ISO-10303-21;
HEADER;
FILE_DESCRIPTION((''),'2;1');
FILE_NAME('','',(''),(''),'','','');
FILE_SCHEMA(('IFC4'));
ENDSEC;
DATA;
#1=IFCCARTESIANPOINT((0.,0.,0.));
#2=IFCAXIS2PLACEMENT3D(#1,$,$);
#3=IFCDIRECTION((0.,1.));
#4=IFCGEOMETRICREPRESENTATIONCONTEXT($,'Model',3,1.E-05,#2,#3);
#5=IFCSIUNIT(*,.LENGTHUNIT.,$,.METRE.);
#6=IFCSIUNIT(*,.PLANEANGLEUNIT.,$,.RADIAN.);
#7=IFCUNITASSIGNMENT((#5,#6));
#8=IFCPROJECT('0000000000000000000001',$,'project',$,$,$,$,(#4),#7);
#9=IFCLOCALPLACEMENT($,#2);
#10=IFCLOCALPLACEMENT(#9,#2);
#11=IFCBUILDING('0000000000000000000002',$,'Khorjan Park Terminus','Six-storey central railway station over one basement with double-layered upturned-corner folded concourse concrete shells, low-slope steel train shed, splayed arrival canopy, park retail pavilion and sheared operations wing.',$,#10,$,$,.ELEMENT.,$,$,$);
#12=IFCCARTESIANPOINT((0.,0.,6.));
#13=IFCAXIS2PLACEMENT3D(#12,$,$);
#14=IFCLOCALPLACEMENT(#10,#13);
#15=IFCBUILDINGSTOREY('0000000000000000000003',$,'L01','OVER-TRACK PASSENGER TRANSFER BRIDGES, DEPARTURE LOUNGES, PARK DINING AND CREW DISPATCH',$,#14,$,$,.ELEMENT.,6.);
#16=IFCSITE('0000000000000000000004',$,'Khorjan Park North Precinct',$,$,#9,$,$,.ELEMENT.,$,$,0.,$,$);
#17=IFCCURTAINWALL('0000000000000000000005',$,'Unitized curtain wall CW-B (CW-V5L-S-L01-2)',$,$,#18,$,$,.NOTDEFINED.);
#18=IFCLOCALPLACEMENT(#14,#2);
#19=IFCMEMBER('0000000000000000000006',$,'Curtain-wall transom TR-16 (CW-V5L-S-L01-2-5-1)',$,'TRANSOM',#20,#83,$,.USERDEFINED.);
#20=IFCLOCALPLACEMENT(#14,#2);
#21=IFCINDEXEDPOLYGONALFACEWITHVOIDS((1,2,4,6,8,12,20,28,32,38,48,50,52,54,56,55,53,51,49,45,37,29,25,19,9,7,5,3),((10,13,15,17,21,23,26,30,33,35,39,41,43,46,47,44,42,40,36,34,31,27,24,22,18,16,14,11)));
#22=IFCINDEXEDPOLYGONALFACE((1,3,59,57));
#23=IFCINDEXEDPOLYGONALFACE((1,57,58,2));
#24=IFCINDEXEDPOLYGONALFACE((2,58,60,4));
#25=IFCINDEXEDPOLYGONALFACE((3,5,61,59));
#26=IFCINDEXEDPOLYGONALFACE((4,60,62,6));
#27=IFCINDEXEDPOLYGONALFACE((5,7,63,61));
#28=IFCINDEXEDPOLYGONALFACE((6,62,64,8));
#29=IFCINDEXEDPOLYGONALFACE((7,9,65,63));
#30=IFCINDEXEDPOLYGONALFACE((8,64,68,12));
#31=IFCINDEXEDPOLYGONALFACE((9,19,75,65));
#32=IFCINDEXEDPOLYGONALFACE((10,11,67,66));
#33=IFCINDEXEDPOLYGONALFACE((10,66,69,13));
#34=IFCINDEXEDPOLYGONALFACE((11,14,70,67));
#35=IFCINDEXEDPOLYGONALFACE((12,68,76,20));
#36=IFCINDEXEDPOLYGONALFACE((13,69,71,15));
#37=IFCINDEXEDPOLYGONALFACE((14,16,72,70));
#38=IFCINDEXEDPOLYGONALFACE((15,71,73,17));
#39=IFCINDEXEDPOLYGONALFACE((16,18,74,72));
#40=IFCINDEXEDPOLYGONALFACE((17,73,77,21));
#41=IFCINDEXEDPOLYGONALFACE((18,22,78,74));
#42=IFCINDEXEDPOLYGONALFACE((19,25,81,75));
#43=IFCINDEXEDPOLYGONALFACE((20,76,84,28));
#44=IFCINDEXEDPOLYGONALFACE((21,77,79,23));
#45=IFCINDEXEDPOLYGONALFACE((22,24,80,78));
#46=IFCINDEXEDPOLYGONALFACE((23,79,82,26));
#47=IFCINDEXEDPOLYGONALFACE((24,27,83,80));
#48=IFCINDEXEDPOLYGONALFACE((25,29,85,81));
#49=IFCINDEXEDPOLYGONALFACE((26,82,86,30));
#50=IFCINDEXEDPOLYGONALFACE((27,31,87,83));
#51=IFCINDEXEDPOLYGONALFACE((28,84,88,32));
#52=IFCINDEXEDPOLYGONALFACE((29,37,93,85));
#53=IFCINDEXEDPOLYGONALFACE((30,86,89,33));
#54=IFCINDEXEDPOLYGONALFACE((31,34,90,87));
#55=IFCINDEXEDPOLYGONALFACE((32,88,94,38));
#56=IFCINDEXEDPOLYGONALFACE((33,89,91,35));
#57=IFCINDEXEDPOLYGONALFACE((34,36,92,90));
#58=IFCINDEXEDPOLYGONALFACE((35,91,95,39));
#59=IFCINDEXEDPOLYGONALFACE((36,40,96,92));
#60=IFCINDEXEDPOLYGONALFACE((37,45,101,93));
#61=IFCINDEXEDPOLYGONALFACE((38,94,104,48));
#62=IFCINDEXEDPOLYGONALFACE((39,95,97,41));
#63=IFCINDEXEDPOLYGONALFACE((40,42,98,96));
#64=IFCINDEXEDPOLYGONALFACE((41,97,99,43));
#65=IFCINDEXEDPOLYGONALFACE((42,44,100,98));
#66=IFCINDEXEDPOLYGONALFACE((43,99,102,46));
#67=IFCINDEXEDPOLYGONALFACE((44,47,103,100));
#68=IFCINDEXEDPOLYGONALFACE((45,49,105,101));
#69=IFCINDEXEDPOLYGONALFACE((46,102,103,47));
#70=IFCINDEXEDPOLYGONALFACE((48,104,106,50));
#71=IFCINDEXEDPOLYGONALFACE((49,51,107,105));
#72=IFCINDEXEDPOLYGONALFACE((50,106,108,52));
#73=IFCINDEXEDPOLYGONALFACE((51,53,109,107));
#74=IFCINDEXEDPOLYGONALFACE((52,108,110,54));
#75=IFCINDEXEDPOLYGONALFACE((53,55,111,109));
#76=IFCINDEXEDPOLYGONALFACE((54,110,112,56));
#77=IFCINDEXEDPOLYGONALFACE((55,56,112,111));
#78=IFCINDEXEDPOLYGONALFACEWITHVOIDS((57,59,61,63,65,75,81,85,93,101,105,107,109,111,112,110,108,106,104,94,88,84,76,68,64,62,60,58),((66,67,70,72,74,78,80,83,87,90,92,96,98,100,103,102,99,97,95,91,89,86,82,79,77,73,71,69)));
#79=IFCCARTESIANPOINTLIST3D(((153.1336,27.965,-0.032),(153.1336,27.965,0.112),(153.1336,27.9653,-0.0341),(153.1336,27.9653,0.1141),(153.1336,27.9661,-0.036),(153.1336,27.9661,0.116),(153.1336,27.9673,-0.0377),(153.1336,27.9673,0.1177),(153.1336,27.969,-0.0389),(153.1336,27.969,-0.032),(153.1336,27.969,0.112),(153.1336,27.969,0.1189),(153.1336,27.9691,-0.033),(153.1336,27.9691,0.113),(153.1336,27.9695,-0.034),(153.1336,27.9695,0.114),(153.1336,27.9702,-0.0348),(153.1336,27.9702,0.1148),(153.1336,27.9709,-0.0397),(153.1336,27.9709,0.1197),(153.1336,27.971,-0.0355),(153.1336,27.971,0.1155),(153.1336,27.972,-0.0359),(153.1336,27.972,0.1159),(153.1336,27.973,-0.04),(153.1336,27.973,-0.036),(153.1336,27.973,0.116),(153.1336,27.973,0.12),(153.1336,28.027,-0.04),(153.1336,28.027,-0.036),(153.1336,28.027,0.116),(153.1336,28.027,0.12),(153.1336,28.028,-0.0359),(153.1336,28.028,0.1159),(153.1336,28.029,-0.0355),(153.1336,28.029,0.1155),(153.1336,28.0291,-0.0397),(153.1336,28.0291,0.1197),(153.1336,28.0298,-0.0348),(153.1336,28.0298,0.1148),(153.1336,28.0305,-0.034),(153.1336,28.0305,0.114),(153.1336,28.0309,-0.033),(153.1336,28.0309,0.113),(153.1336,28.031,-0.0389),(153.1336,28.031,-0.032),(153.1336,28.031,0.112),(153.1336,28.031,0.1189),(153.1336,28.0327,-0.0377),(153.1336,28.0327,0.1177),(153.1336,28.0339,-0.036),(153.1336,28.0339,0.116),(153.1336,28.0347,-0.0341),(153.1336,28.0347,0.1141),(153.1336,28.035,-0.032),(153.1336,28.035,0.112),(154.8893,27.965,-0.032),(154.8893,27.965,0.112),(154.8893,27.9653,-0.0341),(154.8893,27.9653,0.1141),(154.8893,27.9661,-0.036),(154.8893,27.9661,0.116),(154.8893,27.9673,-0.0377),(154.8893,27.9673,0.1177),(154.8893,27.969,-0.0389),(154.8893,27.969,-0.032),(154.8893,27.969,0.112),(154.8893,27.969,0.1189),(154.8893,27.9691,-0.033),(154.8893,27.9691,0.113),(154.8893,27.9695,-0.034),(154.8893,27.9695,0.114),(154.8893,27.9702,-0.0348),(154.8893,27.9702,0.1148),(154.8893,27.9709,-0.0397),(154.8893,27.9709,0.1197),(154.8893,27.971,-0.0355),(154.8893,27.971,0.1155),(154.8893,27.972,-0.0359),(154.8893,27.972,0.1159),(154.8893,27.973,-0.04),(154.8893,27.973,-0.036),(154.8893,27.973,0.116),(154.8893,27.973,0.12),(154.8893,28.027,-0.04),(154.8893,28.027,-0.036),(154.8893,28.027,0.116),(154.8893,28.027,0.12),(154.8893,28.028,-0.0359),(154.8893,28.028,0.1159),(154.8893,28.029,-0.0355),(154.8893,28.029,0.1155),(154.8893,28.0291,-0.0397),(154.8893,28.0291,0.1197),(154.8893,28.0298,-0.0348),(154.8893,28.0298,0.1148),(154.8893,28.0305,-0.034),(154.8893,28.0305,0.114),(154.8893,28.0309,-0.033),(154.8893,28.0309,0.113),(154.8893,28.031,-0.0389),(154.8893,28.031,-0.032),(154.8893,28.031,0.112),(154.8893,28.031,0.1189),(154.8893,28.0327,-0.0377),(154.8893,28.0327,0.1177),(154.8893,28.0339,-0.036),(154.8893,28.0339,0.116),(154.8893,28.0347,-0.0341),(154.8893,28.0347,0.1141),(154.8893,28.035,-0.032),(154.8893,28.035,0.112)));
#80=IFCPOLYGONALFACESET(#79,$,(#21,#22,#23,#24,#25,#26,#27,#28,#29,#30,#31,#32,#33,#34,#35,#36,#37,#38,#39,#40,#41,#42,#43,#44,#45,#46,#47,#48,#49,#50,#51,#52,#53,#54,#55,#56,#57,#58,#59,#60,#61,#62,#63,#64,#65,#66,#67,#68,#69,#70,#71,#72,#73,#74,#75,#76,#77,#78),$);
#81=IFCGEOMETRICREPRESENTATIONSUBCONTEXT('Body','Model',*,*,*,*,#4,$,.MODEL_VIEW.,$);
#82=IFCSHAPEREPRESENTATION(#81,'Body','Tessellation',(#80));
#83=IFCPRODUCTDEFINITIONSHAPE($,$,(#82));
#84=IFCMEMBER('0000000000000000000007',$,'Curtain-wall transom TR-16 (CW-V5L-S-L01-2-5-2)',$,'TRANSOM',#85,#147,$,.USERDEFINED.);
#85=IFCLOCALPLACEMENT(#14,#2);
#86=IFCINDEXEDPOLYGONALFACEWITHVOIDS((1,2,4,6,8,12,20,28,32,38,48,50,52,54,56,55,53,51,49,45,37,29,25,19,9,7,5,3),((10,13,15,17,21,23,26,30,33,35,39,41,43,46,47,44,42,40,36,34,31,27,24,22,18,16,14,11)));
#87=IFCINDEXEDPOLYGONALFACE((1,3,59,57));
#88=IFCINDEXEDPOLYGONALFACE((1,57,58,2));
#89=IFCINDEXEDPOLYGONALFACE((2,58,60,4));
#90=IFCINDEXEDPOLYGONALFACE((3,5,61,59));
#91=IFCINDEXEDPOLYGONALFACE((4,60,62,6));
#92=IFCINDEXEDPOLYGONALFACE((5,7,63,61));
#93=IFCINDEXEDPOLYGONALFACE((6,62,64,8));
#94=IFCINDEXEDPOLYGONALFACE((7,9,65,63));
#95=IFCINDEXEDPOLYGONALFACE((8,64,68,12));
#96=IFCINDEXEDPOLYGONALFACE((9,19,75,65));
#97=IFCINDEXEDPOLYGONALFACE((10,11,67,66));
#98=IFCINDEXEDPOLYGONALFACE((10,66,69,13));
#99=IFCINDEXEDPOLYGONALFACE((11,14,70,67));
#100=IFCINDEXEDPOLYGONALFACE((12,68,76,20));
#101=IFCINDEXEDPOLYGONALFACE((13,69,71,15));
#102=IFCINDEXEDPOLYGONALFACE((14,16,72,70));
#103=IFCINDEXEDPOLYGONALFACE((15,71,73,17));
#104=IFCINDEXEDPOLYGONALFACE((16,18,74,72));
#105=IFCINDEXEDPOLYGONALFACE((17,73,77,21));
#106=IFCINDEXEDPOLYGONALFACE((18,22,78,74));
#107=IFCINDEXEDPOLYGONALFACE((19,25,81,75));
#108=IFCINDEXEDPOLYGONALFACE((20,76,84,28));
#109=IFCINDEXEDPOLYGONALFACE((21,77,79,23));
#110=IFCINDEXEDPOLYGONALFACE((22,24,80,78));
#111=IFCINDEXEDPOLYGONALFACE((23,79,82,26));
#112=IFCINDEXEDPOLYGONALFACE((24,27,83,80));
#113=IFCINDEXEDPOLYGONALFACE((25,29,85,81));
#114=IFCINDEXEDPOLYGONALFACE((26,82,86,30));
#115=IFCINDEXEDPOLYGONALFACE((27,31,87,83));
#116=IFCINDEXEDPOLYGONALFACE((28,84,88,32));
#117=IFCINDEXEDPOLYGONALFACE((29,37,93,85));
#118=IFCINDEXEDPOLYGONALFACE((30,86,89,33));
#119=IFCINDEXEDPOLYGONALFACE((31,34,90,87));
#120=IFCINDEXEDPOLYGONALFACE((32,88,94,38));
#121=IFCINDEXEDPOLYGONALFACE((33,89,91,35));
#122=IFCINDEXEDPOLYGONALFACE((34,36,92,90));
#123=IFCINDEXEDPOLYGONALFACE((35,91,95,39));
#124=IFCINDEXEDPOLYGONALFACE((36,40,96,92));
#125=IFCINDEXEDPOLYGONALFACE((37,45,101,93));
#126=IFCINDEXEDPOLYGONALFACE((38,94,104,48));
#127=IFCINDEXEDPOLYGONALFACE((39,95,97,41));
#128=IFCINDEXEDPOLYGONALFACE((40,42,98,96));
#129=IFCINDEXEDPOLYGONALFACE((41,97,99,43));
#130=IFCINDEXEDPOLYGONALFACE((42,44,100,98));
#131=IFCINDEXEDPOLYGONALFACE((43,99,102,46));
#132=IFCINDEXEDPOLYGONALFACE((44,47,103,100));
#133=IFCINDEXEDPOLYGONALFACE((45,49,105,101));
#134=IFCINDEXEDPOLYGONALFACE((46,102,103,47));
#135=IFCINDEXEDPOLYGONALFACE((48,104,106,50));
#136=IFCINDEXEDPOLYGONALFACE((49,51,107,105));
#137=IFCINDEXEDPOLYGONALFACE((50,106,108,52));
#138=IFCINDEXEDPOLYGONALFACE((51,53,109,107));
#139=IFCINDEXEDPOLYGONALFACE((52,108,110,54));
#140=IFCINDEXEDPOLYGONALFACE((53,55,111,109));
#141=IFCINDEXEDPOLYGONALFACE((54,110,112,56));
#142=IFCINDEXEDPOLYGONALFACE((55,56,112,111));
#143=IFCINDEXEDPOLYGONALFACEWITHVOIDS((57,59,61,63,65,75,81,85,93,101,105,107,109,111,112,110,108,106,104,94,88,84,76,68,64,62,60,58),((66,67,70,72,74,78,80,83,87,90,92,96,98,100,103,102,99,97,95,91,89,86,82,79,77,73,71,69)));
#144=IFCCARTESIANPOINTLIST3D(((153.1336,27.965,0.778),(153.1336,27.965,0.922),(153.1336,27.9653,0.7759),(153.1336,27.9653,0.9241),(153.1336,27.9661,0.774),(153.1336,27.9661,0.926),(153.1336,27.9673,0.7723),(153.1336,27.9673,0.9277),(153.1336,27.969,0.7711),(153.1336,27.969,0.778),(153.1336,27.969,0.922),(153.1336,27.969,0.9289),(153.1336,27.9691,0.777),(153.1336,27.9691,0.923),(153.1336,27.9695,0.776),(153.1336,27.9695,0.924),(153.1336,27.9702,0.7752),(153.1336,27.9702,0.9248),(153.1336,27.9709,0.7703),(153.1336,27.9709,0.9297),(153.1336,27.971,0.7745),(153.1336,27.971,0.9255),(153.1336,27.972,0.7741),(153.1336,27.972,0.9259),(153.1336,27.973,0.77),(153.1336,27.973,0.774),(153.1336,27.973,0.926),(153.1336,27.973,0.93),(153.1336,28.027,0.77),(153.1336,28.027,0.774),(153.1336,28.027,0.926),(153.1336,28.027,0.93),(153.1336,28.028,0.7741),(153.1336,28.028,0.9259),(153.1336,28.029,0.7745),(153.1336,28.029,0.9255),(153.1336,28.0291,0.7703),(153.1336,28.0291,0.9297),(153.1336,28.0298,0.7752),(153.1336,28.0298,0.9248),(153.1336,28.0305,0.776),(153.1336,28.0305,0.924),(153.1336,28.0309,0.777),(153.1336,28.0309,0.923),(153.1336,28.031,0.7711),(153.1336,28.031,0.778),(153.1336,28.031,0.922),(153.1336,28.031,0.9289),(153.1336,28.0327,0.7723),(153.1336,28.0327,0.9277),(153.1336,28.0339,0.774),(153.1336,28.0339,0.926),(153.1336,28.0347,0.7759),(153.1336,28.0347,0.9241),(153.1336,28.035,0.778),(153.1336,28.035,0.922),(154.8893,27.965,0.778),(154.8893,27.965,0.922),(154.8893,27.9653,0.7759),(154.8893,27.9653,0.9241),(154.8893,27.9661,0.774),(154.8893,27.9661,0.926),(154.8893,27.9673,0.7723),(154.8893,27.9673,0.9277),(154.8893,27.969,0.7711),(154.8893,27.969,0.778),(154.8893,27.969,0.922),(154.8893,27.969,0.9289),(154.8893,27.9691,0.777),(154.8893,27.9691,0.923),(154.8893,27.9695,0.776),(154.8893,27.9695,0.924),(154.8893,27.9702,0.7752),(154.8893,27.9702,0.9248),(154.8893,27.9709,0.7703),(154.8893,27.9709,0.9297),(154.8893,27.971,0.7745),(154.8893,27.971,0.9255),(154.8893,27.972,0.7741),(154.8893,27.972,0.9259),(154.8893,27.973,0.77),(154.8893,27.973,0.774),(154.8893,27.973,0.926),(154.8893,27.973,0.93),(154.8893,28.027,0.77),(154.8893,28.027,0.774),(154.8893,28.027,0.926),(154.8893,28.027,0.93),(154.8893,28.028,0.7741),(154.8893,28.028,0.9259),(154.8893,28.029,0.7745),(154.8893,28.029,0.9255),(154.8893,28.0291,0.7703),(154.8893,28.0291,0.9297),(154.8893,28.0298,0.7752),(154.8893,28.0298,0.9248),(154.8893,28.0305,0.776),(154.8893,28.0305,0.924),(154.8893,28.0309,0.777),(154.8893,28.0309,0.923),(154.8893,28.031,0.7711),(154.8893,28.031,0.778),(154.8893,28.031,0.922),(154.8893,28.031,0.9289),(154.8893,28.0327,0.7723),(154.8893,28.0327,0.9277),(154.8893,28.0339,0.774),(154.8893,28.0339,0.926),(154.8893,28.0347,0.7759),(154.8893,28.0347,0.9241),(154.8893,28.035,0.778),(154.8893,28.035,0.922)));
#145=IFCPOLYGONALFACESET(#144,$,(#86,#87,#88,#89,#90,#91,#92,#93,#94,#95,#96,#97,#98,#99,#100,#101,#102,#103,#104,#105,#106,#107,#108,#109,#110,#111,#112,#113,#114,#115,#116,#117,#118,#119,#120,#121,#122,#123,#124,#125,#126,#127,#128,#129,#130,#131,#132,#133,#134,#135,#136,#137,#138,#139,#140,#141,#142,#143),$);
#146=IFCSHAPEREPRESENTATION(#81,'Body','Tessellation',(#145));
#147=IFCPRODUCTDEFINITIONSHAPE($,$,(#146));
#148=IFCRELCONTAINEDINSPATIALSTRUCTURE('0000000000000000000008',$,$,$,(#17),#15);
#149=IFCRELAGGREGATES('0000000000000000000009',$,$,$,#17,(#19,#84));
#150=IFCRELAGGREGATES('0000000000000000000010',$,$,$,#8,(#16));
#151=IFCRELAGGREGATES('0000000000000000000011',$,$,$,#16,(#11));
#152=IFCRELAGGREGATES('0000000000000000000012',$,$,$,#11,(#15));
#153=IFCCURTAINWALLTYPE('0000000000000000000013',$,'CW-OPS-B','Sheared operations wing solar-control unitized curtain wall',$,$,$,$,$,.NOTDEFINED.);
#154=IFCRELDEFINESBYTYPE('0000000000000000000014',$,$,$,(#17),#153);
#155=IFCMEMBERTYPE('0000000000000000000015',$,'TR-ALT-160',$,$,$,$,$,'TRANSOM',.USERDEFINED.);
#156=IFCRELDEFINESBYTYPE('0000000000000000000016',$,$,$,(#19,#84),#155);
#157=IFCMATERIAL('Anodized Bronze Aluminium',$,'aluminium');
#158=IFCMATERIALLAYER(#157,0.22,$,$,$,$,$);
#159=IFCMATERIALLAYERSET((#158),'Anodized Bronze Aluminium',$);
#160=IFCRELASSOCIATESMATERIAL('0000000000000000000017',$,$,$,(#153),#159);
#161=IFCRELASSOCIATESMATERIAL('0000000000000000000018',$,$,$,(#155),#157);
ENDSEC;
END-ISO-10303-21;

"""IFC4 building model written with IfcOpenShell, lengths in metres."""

from ifc_helpers import new_model, si_unit, direction, frame, origin, origin_2d, place, context, subcontext, project, spatial, hollow_rectangle, extrude, material, layer, layer_set, material_profile, profile_set, type_object, element, aggregate, save


model = new_model("IFC4")

# Units and contexts
model_context = context("Model", 3, precision=1e-05, world=origin(), true_north=direction((0.0, 1.0)))
body_context = subcontext(model_context, "Body", "Model", "MODEL_VIEW")
ifc_project = project(units=[si_unit("LENGTHUNIT", "METRE"), si_unit("PLANEANGLEUNIT", "RADIAN")], contexts=[model_context])

# Site, building, storey
site_placement = place(None, origin())
site = spatial("IfcSite", under=ifc_project, at=site_placement, Name="Khorjan Park North Precinct", CompositionType="ELEMENT", RefElevation=0.0)
building_placement = place(site_placement, origin())
building = spatial("IfcBuilding", under=site, at=building_placement, Name="Khorjan Park Terminus", Description="Six-storey central railway station over one basement with double-layered upturned-corner folded concourse concrete shells, low-slope steel train shed, splayed arrival canopy, park retail pavilion and sheared operations wing.", CompositionType="ELEMENT")
storey_placement = place(building_placement, frame((0.0, 0.0, 6.0)))
storey = spatial("IfcBuildingStorey", under=building, at=storey_placement, Name="L01", Description="OVER-TRACK PASSENGER TRANSFER BRIDGES, DEPARTURE LOUNGES, PARK DINING AND CREW DISPATCH", CompositionType="ELEMENT", Elevation=6.0)

# Curtain wall, members
ifc_material_1 = material(Name="Anodized Bronze Aluminium", Category="aluminium")
ifc_layer_1 = layer(ifc_material_1, 0.22)
ifc_layer_set_1 = layer_set([ifc_layer_1], Name="Anodized Bronze Aluminium")
curtain_wall_type = type_object("IfcCurtainWallType", Name="CW-OPS-B", Description="Sheared operations wing solar-control unitized curtain wall", PredefinedType="NOTDEFINED", material=ifc_layer_set_1)
curtain_wall_placement = place(storey_placement, origin())
curtain_wall = element("IfcCurtainWall", 1, at=curtain_wall_placement, inside=storey, type_object=curtain_wall_type, Name="Unitized curtain wall CW-B (CW-V5L-S-L01-2)", PredefinedType="NOTDEFINED")
ifc_material_profile_1 = material_profile(ifc_material_1, hollow_rectangle(XDim=0.07, YDim=0.16, WallThickness=0.004, InnerFilletRadius=0.004, OuterFilletRadius=0.008, at=origin_2d()), Name="ALT 70x160x4")
ifc_profile_set_1 = profile_set([ifc_material_profile_1], Name="Anodized Bronze Aluminium")
member_type_1 = type_object("IfcMemberType", Name="TR-ALT-160", ElementType="TRANSOM", PredefinedType="USERDEFINED", material=ifc_profile_set_1)
member_1_placement = place(storey_placement, frame((153.1336, 28.0, 0.04), z_axis=(1.0, 0.0, 0.0), x_axis=(0.0, 1.0, 0.0)))
member_1 = element("IfcMember", 2, at=member_1_placement, type_object=member_type_1, Name="Curtain-wall transom TR-16 (CW-V5L-S-L01-2-5-1)", ObjectType="TRANSOM", PredefinedType="USERDEFINED", context=body_context, shape_type="SweptSolid", body=[
    extrude(hollow_rectangle(XDim=0.07, YDim=0.16, WallThickness=0.004, InnerFilletRadius=0.004, OuterFilletRadius=0.008, at=origin_2d()), origin(), (0.0, 0.0, 1.0), 1.7557),
])
member_2_placement = place(storey_placement, frame((153.1336, 28.0, 0.85), z_axis=(1.0, 0.0, 0.0), x_axis=(0.0, 1.0, 0.0)))
member_2 = element("IfcMember", 3, at=member_2_placement, type_object=member_type_1, Name="Curtain-wall transom TR-16 (CW-V5L-S-L01-2-5-2)", ObjectType="TRANSOM", PredefinedType="USERDEFINED", context=body_context, shape_type="SweptSolid", body=[
    extrude(hollow_rectangle(XDim=0.07, YDim=0.16, WallThickness=0.004, InnerFilletRadius=0.004, OuterFilletRadius=0.008, at=origin_2d()), origin(), (0.0, 0.0, 1.0), 1.7557),
])
aggregate(curtain_wall, [member_1, member_2])

save(model, "model.ifc")
